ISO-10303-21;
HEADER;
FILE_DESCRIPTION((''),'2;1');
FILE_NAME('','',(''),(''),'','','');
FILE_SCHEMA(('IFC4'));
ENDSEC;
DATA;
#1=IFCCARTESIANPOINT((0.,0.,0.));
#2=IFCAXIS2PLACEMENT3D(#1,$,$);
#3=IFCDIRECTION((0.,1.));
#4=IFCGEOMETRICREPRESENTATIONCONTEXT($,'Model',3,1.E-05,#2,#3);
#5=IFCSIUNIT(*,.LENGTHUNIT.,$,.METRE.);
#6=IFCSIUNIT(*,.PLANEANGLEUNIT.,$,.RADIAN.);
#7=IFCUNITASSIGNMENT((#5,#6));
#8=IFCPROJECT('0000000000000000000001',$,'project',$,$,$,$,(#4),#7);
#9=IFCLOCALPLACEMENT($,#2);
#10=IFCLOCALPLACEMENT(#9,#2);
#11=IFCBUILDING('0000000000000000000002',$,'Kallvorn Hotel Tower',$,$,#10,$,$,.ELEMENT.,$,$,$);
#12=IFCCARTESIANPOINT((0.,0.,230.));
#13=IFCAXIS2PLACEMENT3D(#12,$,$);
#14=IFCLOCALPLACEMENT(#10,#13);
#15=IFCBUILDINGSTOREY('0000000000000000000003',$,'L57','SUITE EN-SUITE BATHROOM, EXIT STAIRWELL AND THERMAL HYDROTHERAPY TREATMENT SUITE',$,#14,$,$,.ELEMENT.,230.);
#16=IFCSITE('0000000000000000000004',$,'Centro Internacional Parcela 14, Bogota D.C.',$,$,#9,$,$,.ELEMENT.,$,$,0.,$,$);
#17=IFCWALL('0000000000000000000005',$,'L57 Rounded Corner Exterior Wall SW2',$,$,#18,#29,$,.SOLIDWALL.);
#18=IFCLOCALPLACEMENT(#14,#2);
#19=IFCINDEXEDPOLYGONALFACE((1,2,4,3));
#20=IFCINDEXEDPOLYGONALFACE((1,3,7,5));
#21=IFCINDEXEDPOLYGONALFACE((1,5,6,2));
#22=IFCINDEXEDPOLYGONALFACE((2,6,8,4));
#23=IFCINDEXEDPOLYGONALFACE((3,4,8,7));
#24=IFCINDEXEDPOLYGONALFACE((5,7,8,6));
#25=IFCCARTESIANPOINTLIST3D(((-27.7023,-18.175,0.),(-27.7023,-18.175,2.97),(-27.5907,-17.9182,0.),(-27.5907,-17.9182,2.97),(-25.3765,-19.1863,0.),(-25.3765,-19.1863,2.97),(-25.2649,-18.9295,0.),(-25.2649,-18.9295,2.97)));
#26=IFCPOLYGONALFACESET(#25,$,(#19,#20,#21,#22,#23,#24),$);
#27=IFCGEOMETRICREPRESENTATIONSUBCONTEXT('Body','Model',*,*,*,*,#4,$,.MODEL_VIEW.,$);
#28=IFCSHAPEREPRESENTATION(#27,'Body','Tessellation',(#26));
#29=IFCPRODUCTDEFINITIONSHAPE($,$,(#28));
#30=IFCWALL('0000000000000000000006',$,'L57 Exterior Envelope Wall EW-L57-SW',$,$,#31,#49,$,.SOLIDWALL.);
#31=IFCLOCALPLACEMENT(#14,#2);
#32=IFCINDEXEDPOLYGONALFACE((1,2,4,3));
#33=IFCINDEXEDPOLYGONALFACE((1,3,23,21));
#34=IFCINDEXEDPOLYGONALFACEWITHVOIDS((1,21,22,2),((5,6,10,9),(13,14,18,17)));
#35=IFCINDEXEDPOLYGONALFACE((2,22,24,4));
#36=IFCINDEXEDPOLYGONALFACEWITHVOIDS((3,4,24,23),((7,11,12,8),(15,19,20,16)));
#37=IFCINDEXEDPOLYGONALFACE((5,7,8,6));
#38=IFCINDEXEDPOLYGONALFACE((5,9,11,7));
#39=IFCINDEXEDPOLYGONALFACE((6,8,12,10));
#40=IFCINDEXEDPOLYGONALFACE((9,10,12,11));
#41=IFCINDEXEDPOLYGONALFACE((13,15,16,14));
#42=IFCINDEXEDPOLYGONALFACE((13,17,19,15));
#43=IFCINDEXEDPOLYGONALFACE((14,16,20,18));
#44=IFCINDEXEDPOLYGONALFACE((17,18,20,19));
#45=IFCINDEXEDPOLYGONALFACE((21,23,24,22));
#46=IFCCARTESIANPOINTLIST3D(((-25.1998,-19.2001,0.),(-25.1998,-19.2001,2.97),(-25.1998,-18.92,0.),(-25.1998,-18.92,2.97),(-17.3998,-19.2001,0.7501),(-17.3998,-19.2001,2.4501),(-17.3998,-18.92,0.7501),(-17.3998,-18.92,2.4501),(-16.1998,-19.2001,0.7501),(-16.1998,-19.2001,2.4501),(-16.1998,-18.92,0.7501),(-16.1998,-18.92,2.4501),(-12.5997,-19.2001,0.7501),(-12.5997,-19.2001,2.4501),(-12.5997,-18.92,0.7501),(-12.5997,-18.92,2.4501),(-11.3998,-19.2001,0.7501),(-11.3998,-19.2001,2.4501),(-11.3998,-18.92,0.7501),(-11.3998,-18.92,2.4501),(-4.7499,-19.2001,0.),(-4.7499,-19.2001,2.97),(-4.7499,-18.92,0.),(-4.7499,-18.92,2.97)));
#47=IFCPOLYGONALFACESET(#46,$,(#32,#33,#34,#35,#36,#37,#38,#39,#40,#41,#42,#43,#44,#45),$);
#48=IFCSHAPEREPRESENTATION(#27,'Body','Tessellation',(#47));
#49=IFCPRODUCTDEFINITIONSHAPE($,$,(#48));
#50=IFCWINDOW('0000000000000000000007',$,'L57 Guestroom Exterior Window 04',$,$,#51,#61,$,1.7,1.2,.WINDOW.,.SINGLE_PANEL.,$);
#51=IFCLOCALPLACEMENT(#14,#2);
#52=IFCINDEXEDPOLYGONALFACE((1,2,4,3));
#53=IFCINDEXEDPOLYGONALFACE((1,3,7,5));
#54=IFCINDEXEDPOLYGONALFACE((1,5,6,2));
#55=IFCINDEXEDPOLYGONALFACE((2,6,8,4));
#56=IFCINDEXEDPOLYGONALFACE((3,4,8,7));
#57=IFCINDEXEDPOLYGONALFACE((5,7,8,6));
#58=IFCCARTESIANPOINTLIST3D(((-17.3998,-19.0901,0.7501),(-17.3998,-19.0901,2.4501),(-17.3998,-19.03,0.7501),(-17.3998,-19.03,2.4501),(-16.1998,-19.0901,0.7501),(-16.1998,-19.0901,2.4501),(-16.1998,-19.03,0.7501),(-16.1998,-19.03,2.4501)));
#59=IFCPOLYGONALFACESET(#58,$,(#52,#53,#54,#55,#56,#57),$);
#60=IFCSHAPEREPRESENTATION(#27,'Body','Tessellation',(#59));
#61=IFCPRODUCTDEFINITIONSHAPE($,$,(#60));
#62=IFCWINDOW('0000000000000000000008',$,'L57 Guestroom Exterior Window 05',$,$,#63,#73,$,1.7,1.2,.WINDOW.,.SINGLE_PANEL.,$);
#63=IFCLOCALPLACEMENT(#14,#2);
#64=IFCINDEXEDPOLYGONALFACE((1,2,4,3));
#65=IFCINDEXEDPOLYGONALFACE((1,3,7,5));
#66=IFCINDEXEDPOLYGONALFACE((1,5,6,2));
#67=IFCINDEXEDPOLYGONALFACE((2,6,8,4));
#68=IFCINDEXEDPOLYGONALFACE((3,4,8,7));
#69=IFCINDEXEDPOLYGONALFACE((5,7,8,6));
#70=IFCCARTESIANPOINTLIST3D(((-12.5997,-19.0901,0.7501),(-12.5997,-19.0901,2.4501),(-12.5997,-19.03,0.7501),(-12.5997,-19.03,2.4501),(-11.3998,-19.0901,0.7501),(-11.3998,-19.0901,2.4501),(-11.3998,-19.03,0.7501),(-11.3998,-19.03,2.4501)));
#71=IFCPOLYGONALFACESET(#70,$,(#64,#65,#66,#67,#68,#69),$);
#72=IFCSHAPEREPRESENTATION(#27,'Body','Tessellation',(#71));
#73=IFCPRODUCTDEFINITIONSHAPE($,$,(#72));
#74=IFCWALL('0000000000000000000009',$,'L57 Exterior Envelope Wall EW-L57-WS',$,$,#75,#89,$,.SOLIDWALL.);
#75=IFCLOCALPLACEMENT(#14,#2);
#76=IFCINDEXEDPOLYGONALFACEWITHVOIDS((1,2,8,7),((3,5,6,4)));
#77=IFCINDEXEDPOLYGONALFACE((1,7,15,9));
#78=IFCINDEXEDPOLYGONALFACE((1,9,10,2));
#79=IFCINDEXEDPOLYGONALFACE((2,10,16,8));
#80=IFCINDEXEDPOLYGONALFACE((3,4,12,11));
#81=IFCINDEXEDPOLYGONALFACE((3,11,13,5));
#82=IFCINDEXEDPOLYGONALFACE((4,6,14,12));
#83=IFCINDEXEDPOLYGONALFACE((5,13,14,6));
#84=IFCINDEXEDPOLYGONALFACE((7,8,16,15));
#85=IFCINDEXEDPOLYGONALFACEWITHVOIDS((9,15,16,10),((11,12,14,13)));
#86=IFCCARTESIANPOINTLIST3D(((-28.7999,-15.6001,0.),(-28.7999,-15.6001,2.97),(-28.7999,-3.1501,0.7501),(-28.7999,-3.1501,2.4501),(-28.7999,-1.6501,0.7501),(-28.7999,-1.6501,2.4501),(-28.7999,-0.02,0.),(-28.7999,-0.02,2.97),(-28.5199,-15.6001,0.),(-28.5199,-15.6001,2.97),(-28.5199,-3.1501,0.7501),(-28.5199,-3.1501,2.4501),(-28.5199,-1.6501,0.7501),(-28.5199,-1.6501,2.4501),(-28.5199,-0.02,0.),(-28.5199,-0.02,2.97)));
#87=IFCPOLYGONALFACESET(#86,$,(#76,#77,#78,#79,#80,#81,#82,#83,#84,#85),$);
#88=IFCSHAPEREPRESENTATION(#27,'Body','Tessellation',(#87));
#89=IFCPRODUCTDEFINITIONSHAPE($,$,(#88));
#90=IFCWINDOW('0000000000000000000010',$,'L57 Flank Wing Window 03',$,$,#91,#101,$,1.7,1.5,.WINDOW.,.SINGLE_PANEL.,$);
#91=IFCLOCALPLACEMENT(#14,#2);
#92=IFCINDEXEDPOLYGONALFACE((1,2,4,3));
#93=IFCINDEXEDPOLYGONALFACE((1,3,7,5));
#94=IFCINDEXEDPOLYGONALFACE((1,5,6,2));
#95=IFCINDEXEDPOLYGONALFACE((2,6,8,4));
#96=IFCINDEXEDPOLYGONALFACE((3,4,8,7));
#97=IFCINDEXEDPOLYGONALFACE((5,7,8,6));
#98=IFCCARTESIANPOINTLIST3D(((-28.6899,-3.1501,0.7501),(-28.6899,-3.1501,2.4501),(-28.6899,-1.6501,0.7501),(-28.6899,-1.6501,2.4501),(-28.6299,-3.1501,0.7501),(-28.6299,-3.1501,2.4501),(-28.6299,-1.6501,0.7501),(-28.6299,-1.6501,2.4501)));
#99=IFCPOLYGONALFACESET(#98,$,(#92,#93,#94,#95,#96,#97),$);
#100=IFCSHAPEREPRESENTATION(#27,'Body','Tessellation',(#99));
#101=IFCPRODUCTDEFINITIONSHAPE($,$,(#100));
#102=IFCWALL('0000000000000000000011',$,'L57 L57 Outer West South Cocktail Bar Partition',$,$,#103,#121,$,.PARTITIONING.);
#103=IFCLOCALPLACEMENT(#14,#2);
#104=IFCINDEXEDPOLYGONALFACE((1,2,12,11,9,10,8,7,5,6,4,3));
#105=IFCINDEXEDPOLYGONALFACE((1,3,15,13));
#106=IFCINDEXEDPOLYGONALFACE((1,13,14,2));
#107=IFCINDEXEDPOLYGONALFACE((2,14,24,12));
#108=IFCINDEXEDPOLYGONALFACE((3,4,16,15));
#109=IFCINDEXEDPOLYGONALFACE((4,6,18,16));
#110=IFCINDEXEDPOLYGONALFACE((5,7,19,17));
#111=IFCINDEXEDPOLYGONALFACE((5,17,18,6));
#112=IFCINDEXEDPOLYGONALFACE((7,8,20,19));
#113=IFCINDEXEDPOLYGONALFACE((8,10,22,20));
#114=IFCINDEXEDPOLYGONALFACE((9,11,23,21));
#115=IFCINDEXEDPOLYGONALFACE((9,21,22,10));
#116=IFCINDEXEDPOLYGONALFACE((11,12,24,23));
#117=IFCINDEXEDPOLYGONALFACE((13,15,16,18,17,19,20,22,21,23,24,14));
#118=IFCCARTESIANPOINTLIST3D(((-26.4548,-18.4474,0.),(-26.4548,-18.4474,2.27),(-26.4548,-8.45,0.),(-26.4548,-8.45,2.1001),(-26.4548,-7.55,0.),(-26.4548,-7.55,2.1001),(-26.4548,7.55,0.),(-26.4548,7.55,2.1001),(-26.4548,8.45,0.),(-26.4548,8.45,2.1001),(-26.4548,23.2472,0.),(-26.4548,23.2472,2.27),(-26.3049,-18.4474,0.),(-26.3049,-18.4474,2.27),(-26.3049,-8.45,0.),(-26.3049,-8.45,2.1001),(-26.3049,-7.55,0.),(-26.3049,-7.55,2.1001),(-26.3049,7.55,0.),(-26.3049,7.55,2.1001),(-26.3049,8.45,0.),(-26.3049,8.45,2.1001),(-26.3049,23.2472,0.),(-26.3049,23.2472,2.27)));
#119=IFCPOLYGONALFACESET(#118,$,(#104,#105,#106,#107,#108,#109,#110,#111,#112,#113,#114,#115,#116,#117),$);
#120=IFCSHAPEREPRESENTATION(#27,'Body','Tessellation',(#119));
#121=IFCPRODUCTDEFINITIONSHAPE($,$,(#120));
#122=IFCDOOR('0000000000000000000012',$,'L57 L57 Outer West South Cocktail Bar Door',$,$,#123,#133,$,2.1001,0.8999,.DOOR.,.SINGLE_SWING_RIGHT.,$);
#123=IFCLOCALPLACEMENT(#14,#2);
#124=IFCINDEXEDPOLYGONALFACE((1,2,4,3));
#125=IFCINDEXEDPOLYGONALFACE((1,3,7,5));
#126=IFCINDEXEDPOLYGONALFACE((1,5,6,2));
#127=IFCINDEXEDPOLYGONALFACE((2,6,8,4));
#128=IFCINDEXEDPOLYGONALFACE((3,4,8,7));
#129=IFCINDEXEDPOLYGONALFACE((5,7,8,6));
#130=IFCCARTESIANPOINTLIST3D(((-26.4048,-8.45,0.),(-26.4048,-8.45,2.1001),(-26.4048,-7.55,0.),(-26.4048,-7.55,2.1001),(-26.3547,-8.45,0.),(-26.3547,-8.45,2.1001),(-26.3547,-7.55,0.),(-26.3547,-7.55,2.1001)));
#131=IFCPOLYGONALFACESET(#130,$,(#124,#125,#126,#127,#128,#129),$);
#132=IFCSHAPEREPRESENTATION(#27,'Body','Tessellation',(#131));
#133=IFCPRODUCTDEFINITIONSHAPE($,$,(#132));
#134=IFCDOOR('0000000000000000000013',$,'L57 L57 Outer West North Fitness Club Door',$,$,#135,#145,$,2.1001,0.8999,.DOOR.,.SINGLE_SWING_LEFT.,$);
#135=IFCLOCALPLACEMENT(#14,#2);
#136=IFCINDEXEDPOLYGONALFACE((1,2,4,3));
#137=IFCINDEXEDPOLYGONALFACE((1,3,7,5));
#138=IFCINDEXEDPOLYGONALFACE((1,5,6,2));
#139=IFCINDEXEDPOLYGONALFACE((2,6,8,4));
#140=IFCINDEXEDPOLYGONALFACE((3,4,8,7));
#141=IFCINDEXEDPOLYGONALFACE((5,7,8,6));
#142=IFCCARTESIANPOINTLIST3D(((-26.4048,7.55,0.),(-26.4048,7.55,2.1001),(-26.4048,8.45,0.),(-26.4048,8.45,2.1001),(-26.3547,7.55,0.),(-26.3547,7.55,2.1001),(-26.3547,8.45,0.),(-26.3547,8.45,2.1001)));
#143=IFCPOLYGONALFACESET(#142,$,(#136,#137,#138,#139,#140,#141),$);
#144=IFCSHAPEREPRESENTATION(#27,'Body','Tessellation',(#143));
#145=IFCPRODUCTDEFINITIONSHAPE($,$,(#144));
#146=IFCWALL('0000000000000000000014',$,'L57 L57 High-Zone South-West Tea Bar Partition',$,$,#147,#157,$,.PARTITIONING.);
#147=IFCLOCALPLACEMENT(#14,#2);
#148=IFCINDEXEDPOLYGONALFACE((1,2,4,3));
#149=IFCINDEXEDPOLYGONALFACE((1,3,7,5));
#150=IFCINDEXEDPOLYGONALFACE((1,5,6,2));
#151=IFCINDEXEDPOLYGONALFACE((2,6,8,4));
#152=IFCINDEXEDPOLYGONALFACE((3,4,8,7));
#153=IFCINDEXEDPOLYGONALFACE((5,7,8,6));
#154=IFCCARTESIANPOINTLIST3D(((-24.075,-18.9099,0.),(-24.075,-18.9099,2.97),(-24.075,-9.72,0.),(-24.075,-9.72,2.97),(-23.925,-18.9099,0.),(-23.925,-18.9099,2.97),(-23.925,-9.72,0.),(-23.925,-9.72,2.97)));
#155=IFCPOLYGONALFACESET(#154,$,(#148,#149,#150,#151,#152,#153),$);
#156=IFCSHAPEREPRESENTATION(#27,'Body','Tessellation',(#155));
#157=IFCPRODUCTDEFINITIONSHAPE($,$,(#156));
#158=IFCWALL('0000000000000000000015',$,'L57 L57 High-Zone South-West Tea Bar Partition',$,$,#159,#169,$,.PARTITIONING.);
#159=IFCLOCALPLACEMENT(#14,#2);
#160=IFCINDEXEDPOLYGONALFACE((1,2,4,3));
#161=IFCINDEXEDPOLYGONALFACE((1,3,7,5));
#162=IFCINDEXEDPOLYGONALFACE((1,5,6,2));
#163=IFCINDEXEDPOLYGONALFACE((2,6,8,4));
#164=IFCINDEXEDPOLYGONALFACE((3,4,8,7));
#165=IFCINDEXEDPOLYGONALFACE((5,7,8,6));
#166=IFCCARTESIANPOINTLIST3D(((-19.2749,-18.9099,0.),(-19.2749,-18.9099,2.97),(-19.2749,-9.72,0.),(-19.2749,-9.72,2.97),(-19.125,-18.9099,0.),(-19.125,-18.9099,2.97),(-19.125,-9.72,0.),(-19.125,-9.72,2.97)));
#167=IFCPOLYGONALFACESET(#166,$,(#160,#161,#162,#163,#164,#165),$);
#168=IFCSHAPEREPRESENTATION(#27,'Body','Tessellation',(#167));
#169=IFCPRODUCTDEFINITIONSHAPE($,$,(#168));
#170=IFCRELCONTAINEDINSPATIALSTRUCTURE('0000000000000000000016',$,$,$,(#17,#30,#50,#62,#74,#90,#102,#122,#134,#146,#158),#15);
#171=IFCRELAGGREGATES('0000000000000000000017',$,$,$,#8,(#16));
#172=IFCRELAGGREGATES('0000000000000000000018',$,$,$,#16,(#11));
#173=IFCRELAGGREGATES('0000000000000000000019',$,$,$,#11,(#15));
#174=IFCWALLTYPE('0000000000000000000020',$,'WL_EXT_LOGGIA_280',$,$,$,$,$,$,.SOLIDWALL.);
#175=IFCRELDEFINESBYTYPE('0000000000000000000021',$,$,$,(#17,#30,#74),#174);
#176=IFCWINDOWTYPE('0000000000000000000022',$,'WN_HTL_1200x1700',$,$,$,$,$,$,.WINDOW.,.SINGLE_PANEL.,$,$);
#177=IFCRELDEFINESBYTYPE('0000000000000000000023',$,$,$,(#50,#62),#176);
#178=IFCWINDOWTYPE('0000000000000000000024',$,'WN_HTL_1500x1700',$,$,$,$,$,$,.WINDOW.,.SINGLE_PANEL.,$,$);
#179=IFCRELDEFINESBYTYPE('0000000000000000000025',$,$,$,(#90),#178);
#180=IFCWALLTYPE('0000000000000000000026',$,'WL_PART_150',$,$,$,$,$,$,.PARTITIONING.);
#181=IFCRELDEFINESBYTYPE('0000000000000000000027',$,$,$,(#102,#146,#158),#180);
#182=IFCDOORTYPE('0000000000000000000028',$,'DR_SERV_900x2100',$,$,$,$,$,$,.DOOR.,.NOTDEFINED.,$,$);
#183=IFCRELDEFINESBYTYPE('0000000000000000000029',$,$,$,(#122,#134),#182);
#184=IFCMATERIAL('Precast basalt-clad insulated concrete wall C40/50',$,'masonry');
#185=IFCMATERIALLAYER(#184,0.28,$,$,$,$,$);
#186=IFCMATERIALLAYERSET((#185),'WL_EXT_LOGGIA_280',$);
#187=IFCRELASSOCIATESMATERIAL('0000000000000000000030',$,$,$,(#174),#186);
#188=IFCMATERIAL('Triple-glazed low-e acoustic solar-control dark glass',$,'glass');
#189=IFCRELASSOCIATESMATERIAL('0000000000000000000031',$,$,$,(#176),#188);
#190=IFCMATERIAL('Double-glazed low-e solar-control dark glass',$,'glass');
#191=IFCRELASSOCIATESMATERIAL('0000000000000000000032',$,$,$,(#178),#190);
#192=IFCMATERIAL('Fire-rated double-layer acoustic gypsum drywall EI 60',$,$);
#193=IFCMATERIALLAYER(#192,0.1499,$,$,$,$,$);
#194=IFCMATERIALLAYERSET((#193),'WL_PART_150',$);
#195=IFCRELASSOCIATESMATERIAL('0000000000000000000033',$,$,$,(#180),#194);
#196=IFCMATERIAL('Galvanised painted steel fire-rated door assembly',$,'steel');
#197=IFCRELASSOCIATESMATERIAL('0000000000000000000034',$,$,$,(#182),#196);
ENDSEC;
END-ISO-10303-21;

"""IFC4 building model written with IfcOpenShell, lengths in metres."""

from ifc_helpers import new_model, si_unit, direction, frame, frame_2d, origin, place, context, subcontext, project, spatial, rectangle, extrude, material, layer, layer_set, type_object, element, fill, save


model = new_model("IFC4")

# Units and contexts
model_context = context("Model", 3, precision=1e-05, world=origin(), true_north=direction((0.0, 1.0)))
body_context = subcontext(model_context, "Body", "Model", "MODEL_VIEW")
ifc_project = project(units=[si_unit("LENGTHUNIT", "METRE"), si_unit("PLANEANGLEUNIT", "RADIAN")], contexts=[model_context])

# Site, building, storey
site_placement = place(None, origin())
site = spatial("IfcSite", under=ifc_project, at=site_placement, Name="Centro Internacional Parcela 14, Bogota D.C.", CompositionType="ELEMENT", RefElevation=0.0)
building_placement = place(site_placement, origin())
building = spatial("IfcBuilding", under=site, at=building_placement, Name="Kallvorn Hotel Tower", CompositionType="ELEMENT")
storey_placement = place(building_placement, frame((0.0, 0.0, 230.0)))
storey = spatial("IfcBuildingStorey", under=building, at=storey_placement, Name="L57", Description="SUITE EN-SUITE BATHROOM, EXIT STAIRWELL AND THERMAL HYDROTHERAPY TREATMENT SUITE", CompositionType="ELEMENT", Elevation=230.0)

# Wall
ifc_material_1 = material(Name="Precast basalt-clad insulated concrete wall C40/50", Category="masonry")
ifc_layer_1 = layer(ifc_material_1, 0.28)
ifc_layer_set_1 = layer_set([ifc_layer_1], Name="WL_EXT_LOGGIA_280")
wall_type_1 = type_object("IfcWallType", Name="WL_EXT_LOGGIA_280", PredefinedType="SOLIDWALL", material=ifc_layer_set_1)
wall_1_placement = place(storey_placement, frame((-27.6465, -18.0466, 0.0), z_axis=(0.0, 0.0, 1.0), x_axis=(0.917061, -0.398747, 0.0)))
element("IfcWall", 1, at=wall_1_placement, inside=storey, type_object=wall_type_1, Name="L57 Rounded Corner Exterior Wall SW2", PredefinedType="SOLIDWALL", context=body_context, shape_type="SweptSolid", body=[
    extrude(rectangle(XDim=2.5361, YDim=0.28, at=frame_2d((1.2681, 0.0))), origin(), (0.0, 0.0, 1.0), 2.97),
])

# Wall, openings, windows
wall_2_placement = place(storey_placement, frame((-25.2, -19.0601, 0.0), z_axis=(0.0, 0.0, 1.0), x_axis=(1.0, 0.0, 0.0)))
wall_2 = element("IfcWall", 2, at=wall_2_placement, inside=storey, type_object=wall_type_1, Name="L57 Exterior Envelope Wall EW-L57-SW", PredefinedType="SOLIDWALL", context=body_context, shape_type="SweptSolid", body=[
    extrude(rectangle(XDim=20.45, YDim=0.28, at=frame_2d((10.2251, 0.0))), origin(), (0.0, 0.0, 1.0), 2.97),
])
opening_1_placement = place(wall_2_placement, frame((7.8, 0.0, 0.75)))
opening_1 = element("IfcOpeningElement", 3, at=opening_1_placement, cuts=wall_2, PredefinedType="OPENING", context=body_context, shape_type="SweptSolid", body=[
    extrude(rectangle(XDim=1.2, YDim=1.7, at=frame_2d((0.6001, 0.8501))), frame((0.0, 0.155, 0.0), z_axis=(0.0, -1.0, 0.0), x_axis=(1.0, 0.0, 0.0)), (0.0, 0.0, 1.0), 0.3101),
])
opening_2_placement = place(wall_2_placement, frame((12.6001, 0.0, 0.75)))
opening_2 = element("IfcOpeningElement", 4, at=opening_2_placement, cuts=wall_2, PredefinedType="OPENING", context=body_context, shape_type="SweptSolid", body=[
    extrude(rectangle(XDim=1.2, YDim=1.7, at=frame_2d((0.6001, 0.8501))), frame((0.0, 0.155, 0.0), z_axis=(0.0, -1.0, 0.0), x_axis=(1.0, 0.0, 0.0)), (0.0, 0.0, 1.0), 0.3101),
])
ifc_material_2 = material(Name="Triple-glazed low-e acoustic solar-control dark glass", Category="glass")
window_type_1 = type_object("IfcWindowType", Name="WN_HTL_1200x1700", PartitioningType="SINGLE_PANEL", PredefinedType="WINDOW", material=ifc_material_2)
window_1_placement = place(opening_1_placement, origin())
window_1 = element("IfcWindow", 5, at=window_1_placement, inside=storey, type_object=window_type_1, Name="L57 Guestroom Exterior Window 04", OverallHeight=1.7, OverallWidth=1.2, PartitioningType="SINGLE_PANEL", PredefinedType="WINDOW", context=body_context, shape_type="SweptSolid", body=[
    extrude(rectangle(XDim=1.2, YDim=1.7, at=frame_2d((0.6001, 0.8501))), frame((0.0, 0.03, 0.0), z_axis=(0.0, -1.0, 0.0), x_axis=(1.0, 0.0, 0.0)), (0.0, 0.0, 1.0), 0.0601),
])
fill(opening_1, window_1)
window_2_placement = place(opening_2_placement, origin())
window_2 = element("IfcWindow", 6, at=window_2_placement, inside=storey, type_object=window_type_1, Name="L57 Guestroom Exterior Window 05", OverallHeight=1.7, OverallWidth=1.2, PartitioningType="SINGLE_PANEL", PredefinedType="WINDOW", context=body_context, shape_type="SweptSolid", body=[
    extrude(rectangle(XDim=1.2, YDim=1.7, at=frame_2d((0.6001, 0.8501))), frame((0.0, 0.03, 0.0), z_axis=(0.0, -1.0, 0.0), x_axis=(1.0, 0.0, 0.0)), (0.0, 0.0, 1.0), 0.0601),
])
fill(opening_2, window_2)

# Wall, opening, window
wall_3_placement = place(storey_placement, frame((-28.6599, -15.6001, 0.0), z_axis=(0.0, 0.0, 1.0), x_axis=(0.0, 1.0, 0.0)))
wall_3 = element("IfcWall", 7, at=wall_3_placement, inside=storey, type_object=wall_type_1, Name="L57 Exterior Envelope Wall EW-L57-WS", PredefinedType="SOLIDWALL", context=body_context, shape_type="SweptSolid", body=[
    extrude(rectangle(XDim=15.5801, YDim=0.28, at=frame_2d((7.79, 0.0))), origin(), (0.0, 0.0, 1.0), 2.97),
])
opening_3_placement = place(wall_3_placement, frame((12.45, 0.0, 0.75)))
opening_3 = element("IfcOpeningElement", 8, at=opening_3_placement, cuts=wall_3, PredefinedType="OPENING", context=body_context, shape_type="SweptSolid", body=[
    extrude(rectangle(XDim=1.5, YDim=1.7, at=frame_2d((0.75, 0.8501))), frame((0.0, 0.155, 0.0), z_axis=(0.0, -1.0, 0.0), x_axis=(1.0, 0.0, 0.0)), (0.0, 0.0, 1.0), 0.3101),
])
ifc_material_3 = material(Name="Double-glazed low-e solar-control dark glass", Category="glass")
window_type_2 = type_object("IfcWindowType", Name="WN_HTL_1500x1700", PartitioningType="SINGLE_PANEL", PredefinedType="WINDOW", material=ifc_material_3)
window_3_placement = place(opening_3_placement, origin())
window_3 = element("IfcWindow", 9, at=window_3_placement, inside=storey, type_object=window_type_2, Name="L57 Flank Wing Window 03", OverallHeight=1.7, OverallWidth=1.5, PartitioningType="SINGLE_PANEL", PredefinedType="WINDOW", context=body_context, shape_type="SweptSolid", body=[
    extrude(rectangle(XDim=1.5, YDim=1.7, at=frame_2d((0.75, 0.8501))), frame((0.0, 0.03, 0.0), z_axis=(0.0, -1.0, 0.0), x_axis=(1.0, 0.0, 0.0)), (0.0, 0.0, 1.0), 0.0601),
])
fill(opening_3, window_3)

# Wall, openings, doors
ifc_material_4 = material(Name="Fire-rated double-layer acoustic gypsum drywall EI 60")
ifc_layer_2 = layer(ifc_material_4, 0.1499)
ifc_layer_set_2 = layer_set([ifc_layer_2], Name="WL_PART_150")
wall_type_2 = type_object("IfcWallType", Name="WL_PART_150", PredefinedType="PARTITIONING", material=ifc_layer_set_2)
wall_4_placement = place(storey_placement, frame((-26.3799, -18.4473, 0.0), z_axis=(0.0, 0.0, 1.0), x_axis=(0.0, 1.0, 0.0)))
wall_4 = element("IfcWall", 10, at=wall_4_placement, inside=storey, type_object=wall_type_2, Name="L57 L57 Outer West South Cocktail Bar Partition", PredefinedType="PARTITIONING", context=body_context, shape_type="SweptSolid", body=[
    extrude(rectangle(XDim=41.6946, YDim=0.1499, at=frame_2d((20.8472, 0.0))), origin(), (0.0, 0.0, 1.0), 2.27),
])
opening_4_placement = place(wall_4_placement, frame((9.9973, 0.0, 0.0)))
opening_4 = element("IfcOpeningElement", 11, at=opening_4_placement, cuts=wall_4, PredefinedType="OPENING", context=body_context, shape_type="SweptSolid", body=[
    extrude(rectangle(XDim=0.8999, YDim=2.1001, at=frame_2d((0.45, 1.05))), frame((0.0, 0.0898, 0.0), z_axis=(0.0, -1.0, 0.0), x_axis=(1.0, 0.0, 0.0)), (0.0, 0.0, 1.0), 0.1799),
])
opening_5_placement = place(wall_4_placement, frame((25.9973, 0.0, 0.0)))
opening_5 = element("IfcOpeningElement", 12, at=opening_5_placement, cuts=wall_4, PredefinedType="OPENING", context=body_context, shape_type="SweptSolid", body=[
    extrude(rectangle(XDim=0.8999, YDim=2.1001, at=frame_2d((0.45, 1.05))), frame((0.0, 0.0898, 0.0), z_axis=(0.0, -1.0, 0.0), x_axis=(1.0, 0.0, 0.0)), (0.0, 0.0, 1.0), 0.1799),
])
ifc_material_5 = material(Name="Galvanised painted steel fire-rated door assembly", Category="steel")
door_type = type_object("IfcDoorType", Name="DR_SERV_900x2100", OperationType="NOTDEFINED", PredefinedType="DOOR", material=ifc_material_5)
door_1_placement = place(opening_4_placement, origin())
door_1 = element("IfcDoor", 13, at=door_1_placement, inside=storey, type_object=door_type, Name="L57 L57 Outer West South Cocktail Bar Door", OperationType="SINGLE_SWING_RIGHT", OverallHeight=2.1001, OverallWidth=0.8999, PredefinedType="DOOR", context=body_context, shape_type="SweptSolid", body=[
    extrude(rectangle(XDim=0.8999, YDim=2.1001, at=frame_2d((0.45, 1.05))), frame((0.0, 0.0249, 0.0), z_axis=(0.0, -1.0, 0.0), x_axis=(1.0, 0.0, 0.0)), (0.0, 0.0, 1.0), 0.05),
])
fill(opening_4, door_1)
door_2_placement = place(opening_5_placement, origin())
door_2 = element("IfcDoor", 14, at=door_2_placement, inside=storey, type_object=door_type, Name="L57 L57 Outer West North Fitness Club Door", OperationType="SINGLE_SWING_LEFT", OverallHeight=2.1001, OverallWidth=0.8999, PredefinedType="DOOR", context=body_context, shape_type="SweptSolid", body=[
    extrude(rectangle(XDim=0.8999, YDim=2.1001, at=frame_2d((0.45, 1.05))), frame((0.0, 0.0249, 0.0), z_axis=(0.0, -1.0, 0.0), x_axis=(1.0, 0.0, 0.0)), (0.0, 0.0, 1.0), 0.05),
])
fill(opening_5, door_2)

# Walls
for number, where, z_axis, x_axis, name in (
    (15, (-24.0, -18.9099, 0.0), (0.0, 0.0, 1.0), (0.0, 1.0, 0.0), "L57 L57 High-Zone South-West Tea Bar Partition"),
    (16, (-19.2, -18.9099, 0.0), (0.0, 0.0, 1.0), (0.0, 1.0, 0.0), "L57 L57 High-Zone South-West Tea Bar Partition"),
):
    element("IfcWall", number, at=place(storey_placement, frame(where, z_axis=z_axis, x_axis=x_axis)), inside=storey, type_object=wall_type_2, Name=name, PredefinedType="PARTITIONING", context=body_context, shape_type="SweptSolid", body=[
        extrude(rectangle(XDim=9.1899, YDim=0.1499, at=frame_2d((4.595, 0.0))), origin(), (0.0, 0.0, 1.0), 2.97),
    ])

save(model, "model.ifc")
